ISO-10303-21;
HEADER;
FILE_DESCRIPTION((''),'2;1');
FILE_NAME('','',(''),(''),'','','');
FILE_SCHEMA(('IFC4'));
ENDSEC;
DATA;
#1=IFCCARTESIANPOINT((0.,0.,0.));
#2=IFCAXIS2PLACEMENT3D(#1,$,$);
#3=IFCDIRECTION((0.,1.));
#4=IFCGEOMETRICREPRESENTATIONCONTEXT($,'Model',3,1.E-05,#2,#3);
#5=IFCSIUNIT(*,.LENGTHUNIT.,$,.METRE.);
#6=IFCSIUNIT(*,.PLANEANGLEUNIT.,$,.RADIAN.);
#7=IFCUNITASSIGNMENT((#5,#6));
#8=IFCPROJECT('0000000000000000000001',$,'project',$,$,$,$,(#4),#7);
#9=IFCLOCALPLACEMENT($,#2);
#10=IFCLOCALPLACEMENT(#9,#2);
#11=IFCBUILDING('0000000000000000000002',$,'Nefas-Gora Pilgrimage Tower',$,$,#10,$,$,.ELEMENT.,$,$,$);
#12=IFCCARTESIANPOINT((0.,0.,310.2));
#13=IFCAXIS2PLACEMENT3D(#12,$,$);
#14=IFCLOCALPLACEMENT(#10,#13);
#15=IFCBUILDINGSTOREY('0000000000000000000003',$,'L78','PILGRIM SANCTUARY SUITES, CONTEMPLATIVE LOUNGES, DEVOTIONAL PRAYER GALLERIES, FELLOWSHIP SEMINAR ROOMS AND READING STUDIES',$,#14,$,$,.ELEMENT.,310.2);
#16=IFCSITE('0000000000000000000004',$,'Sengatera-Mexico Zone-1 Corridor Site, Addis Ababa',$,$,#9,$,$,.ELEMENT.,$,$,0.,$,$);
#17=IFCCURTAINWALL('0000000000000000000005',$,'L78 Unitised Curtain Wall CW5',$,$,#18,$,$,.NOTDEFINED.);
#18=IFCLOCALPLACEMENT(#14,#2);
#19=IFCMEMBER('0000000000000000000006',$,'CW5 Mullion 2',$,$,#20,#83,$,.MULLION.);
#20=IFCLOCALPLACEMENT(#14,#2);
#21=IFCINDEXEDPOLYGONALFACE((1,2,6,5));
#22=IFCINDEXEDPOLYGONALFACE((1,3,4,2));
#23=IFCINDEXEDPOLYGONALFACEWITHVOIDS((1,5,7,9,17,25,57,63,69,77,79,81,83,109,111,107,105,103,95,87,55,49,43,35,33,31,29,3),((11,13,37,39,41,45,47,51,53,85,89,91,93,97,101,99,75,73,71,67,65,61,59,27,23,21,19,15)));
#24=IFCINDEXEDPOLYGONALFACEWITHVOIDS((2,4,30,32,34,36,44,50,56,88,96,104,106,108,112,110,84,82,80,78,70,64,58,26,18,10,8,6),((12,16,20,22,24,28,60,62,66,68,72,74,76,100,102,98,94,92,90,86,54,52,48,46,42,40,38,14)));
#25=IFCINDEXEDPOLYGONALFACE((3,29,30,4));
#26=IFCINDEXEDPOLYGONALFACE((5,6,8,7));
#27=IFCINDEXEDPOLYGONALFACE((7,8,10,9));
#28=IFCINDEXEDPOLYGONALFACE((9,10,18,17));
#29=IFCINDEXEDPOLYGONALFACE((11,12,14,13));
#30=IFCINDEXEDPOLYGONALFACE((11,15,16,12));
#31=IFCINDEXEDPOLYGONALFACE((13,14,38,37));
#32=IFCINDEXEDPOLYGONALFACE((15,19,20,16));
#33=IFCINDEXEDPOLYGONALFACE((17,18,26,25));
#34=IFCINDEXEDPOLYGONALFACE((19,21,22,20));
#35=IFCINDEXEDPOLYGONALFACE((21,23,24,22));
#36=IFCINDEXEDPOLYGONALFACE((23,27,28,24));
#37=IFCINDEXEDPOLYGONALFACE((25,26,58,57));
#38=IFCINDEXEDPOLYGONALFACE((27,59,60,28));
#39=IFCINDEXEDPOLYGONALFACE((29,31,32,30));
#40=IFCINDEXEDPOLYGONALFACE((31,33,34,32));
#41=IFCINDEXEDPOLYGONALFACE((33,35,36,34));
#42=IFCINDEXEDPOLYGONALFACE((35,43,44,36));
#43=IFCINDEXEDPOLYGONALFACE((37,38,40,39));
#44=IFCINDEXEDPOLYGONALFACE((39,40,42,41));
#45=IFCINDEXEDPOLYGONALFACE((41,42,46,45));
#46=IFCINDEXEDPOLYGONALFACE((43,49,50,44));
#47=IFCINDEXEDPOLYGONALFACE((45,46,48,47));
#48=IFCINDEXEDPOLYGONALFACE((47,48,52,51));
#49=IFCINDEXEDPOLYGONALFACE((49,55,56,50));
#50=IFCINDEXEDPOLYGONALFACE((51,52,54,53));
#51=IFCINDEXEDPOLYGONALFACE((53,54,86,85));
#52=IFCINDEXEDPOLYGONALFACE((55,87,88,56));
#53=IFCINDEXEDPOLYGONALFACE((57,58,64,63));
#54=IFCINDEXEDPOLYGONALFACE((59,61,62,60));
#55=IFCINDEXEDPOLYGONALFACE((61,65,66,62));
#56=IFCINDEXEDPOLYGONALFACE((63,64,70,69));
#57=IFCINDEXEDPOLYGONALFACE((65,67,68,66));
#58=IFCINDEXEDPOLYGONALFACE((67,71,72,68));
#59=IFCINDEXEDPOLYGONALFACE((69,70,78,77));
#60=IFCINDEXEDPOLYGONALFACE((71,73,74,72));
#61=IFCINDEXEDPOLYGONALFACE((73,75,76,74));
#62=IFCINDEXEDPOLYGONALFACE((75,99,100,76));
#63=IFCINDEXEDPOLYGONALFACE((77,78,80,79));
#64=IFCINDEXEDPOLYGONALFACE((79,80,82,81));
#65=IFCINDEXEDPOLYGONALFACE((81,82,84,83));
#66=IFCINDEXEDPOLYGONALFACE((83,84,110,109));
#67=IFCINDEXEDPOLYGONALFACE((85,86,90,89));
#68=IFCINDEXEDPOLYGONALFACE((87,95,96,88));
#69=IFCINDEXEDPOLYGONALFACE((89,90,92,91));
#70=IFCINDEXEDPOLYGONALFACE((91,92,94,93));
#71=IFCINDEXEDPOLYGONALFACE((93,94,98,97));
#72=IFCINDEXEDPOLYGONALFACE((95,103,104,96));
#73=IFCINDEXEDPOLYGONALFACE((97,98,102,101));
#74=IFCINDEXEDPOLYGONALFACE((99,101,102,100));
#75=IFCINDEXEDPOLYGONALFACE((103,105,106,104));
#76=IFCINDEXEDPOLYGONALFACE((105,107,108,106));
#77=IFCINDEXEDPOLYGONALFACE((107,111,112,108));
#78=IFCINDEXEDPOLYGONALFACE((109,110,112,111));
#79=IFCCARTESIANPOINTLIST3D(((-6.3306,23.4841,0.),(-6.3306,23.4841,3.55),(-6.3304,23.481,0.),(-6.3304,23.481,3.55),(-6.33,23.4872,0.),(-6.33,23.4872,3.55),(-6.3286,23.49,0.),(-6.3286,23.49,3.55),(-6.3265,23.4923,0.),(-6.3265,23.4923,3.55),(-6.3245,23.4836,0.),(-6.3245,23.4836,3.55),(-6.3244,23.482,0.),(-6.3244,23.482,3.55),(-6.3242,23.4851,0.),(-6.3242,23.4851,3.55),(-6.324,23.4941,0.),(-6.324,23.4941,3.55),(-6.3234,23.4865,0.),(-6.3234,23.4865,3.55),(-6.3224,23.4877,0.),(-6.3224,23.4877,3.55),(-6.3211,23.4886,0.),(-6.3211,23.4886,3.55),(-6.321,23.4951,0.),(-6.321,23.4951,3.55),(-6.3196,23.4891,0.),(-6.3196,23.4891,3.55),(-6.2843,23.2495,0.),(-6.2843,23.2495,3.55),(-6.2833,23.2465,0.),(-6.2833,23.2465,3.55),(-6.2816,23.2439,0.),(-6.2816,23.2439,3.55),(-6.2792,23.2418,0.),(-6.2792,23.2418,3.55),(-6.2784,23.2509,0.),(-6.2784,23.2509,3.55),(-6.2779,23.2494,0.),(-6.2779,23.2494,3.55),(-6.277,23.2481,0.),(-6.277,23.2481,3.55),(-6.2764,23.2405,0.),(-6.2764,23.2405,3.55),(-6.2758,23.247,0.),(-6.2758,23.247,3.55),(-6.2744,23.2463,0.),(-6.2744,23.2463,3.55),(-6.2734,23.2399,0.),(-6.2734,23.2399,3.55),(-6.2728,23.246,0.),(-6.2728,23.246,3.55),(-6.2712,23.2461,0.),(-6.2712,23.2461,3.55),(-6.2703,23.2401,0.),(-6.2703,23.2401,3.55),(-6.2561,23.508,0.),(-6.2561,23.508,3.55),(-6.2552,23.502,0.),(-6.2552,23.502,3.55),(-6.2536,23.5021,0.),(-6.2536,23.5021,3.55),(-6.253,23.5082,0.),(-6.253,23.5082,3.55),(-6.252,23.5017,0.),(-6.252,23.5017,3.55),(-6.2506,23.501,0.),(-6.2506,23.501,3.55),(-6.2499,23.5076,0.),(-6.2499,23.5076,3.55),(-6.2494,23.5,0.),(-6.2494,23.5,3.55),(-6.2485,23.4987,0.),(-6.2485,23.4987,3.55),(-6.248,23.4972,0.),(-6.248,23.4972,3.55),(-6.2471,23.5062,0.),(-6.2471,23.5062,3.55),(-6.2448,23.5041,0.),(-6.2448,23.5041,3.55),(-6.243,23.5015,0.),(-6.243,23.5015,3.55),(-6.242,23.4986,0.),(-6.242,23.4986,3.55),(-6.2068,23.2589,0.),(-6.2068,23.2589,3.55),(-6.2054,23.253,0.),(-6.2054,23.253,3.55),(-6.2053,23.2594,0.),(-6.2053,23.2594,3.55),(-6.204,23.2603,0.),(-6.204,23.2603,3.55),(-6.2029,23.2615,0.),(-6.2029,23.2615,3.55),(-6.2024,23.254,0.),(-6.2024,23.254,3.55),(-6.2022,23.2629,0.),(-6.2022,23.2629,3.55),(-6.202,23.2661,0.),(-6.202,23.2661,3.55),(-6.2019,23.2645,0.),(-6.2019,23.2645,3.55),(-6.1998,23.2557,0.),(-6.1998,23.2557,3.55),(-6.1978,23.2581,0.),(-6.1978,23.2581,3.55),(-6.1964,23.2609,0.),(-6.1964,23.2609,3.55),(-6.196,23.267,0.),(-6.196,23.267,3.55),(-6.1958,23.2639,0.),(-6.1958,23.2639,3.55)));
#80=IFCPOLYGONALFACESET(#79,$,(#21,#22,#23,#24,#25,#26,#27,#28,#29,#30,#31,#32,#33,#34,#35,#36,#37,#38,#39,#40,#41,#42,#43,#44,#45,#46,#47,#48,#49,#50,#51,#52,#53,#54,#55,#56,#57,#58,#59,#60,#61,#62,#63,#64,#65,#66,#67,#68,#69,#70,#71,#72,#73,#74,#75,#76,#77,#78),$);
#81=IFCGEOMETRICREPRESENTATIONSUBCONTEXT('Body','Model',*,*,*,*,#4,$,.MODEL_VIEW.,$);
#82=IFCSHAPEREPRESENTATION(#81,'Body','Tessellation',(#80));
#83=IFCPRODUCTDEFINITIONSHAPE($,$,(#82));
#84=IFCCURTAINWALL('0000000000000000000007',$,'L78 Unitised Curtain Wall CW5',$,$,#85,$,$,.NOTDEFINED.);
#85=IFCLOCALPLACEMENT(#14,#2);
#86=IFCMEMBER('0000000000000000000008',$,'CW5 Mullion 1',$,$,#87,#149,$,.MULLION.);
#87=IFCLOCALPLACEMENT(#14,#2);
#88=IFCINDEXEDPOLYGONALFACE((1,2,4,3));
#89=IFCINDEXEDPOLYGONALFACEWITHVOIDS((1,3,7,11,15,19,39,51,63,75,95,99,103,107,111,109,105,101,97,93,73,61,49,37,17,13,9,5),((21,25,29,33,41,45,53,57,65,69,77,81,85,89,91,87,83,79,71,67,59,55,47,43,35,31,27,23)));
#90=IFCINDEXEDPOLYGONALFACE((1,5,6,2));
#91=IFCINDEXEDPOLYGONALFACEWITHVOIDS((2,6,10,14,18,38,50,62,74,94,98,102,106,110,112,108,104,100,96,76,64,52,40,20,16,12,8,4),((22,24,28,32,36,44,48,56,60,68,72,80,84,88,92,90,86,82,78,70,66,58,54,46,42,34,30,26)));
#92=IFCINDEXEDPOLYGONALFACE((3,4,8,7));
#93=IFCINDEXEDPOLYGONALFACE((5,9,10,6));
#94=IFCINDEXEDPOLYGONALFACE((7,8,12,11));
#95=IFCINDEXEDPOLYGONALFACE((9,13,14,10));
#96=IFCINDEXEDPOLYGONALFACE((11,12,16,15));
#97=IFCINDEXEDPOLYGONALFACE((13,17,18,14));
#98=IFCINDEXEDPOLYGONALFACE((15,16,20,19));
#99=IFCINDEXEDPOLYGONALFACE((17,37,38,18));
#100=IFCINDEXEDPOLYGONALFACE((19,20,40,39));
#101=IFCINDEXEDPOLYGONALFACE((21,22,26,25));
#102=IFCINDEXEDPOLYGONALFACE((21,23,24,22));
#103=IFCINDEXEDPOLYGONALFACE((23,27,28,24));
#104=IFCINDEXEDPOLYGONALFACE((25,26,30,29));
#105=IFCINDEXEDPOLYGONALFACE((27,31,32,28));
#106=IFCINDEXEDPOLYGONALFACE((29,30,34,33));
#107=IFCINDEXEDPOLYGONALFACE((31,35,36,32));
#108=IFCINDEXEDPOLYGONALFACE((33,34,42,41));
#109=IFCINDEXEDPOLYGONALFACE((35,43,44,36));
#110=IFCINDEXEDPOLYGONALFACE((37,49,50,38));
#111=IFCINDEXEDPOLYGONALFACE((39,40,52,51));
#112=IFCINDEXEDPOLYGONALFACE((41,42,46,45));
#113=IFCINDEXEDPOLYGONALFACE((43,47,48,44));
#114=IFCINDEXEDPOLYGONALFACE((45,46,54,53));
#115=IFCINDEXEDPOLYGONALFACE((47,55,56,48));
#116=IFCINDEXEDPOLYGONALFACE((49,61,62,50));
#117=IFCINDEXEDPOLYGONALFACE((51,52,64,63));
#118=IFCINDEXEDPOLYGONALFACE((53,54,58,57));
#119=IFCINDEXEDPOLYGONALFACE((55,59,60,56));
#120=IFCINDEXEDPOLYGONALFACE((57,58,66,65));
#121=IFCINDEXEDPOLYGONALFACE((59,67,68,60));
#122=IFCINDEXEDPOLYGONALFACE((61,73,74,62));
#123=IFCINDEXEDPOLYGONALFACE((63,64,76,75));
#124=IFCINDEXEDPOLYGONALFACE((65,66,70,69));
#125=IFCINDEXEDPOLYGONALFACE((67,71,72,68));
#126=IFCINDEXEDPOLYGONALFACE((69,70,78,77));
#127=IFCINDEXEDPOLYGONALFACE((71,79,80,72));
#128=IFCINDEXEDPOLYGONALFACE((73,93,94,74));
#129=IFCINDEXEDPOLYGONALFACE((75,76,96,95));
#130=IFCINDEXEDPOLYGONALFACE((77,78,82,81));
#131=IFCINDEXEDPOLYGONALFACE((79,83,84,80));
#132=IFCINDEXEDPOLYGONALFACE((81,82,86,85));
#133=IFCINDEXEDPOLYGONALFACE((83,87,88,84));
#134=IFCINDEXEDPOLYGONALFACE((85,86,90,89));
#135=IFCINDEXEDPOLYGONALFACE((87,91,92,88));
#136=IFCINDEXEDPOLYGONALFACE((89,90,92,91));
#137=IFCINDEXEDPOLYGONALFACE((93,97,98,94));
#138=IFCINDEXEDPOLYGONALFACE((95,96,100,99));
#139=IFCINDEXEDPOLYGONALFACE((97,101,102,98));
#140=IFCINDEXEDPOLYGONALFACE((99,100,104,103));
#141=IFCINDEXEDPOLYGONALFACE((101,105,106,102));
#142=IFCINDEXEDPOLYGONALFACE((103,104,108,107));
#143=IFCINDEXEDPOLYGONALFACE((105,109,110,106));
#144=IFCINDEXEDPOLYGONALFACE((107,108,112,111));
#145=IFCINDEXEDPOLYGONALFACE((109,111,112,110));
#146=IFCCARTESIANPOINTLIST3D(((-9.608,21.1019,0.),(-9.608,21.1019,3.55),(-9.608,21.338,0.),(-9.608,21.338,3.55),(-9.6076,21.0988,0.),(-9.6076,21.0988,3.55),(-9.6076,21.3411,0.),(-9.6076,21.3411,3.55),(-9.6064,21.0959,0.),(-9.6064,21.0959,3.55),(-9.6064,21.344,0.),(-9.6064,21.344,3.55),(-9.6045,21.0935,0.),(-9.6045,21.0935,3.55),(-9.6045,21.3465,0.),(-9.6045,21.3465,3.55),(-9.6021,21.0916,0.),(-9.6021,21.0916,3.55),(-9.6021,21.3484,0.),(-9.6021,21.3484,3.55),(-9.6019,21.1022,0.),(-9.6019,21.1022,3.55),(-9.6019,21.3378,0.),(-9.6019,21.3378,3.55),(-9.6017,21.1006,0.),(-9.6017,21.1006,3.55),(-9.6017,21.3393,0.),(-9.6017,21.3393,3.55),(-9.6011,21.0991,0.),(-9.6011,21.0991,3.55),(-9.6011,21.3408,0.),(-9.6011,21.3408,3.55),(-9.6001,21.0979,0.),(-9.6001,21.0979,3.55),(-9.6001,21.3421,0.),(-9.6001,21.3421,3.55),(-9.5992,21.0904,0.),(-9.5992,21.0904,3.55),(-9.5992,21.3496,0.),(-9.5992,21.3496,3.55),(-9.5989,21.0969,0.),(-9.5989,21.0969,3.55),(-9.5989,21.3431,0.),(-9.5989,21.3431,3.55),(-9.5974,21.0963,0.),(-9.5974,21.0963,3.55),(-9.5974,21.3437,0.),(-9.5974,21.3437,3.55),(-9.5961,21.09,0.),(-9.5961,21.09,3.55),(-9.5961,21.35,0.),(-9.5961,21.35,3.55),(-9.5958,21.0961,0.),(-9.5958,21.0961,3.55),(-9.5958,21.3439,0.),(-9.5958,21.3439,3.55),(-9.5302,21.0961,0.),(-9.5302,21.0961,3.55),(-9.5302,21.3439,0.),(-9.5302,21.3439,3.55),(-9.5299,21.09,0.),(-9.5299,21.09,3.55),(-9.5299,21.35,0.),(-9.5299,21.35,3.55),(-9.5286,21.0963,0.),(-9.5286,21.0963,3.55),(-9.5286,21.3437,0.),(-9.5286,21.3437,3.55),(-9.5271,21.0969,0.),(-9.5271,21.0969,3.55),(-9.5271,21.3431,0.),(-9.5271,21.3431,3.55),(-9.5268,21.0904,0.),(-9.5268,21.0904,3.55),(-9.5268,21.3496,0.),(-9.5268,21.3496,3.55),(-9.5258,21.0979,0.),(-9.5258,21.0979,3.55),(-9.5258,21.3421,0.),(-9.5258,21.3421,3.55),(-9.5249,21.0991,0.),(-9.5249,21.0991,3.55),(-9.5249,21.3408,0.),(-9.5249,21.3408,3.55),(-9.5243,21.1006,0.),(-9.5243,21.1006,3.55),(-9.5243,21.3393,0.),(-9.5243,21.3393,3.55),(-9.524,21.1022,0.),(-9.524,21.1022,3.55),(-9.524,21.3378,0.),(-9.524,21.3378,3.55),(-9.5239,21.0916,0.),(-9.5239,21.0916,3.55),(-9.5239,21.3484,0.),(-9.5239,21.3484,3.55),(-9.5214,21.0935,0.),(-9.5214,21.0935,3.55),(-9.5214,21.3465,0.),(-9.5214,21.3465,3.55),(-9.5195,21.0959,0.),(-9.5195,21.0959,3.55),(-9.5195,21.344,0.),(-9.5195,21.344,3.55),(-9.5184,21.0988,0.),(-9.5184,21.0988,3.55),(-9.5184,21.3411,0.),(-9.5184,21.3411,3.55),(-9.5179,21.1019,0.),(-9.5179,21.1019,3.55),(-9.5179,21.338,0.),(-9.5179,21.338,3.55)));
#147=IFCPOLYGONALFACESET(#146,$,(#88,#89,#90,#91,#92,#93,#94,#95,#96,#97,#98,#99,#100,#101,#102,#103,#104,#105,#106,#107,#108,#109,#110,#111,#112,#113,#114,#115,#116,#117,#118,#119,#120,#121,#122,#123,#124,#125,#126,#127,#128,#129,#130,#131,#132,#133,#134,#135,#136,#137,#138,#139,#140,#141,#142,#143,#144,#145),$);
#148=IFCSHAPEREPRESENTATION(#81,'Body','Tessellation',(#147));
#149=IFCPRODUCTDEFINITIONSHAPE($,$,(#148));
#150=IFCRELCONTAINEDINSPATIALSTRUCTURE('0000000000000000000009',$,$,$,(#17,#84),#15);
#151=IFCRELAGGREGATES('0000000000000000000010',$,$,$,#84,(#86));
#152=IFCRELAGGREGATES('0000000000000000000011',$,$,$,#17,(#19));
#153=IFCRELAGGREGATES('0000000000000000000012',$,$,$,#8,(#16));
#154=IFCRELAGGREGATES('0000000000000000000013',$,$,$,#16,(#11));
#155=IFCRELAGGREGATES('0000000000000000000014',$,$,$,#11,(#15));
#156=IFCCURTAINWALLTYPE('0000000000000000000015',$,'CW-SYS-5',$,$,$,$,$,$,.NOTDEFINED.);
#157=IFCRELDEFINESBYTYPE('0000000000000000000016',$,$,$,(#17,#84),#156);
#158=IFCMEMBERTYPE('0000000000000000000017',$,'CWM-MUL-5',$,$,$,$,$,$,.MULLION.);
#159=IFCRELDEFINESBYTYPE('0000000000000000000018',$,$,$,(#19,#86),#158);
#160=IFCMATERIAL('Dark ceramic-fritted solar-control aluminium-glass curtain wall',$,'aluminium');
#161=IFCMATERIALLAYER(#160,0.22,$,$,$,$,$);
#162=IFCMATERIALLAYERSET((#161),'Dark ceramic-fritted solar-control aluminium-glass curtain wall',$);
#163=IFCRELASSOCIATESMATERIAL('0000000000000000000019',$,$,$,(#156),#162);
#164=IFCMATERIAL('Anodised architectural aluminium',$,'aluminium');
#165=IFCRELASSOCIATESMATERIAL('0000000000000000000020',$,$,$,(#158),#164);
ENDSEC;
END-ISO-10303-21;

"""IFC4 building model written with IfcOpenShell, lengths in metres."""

from ifc_helpers import new_model, si_unit, direction, frame, origin, origin_2d, place, context, subcontext, project, spatial, hollow_rectangle, extrude, source, transform, mapped, material, layer, layer_set, material_profile, profile_set, type_object, element, aggregate, save


model = new_model("IFC4")

# Units and contexts
model_context = context("Model", 3, precision=1e-05, world=origin(), true_north=direction((0.0, 1.0)))
body_context = subcontext(model_context, "Body", "Model", "MODEL_VIEW")
ifc_project = project(units=[si_unit("LENGTHUNIT", "METRE"), si_unit("PLANEANGLEUNIT", "RADIAN")], contexts=[model_context])

# Site, building, storey
site_placement = place(None, origin())
site = spatial("IfcSite", under=ifc_project, at=site_placement, Name="Sengatera-Mexico Zone-1 Corridor Site, Addis Ababa", CompositionType="ELEMENT", RefElevation=0.0)
building_placement = place(site_placement, origin())
building = spatial("IfcBuilding", under=site, at=building_placement, Name="Nefas-Gora Pilgrimage Tower", CompositionType="ELEMENT")
storey_placement = place(building_placement, frame((0.0, 0.0, 310.2)))
storey = spatial("IfcBuildingStorey", under=building, at=storey_placement, Name="L78", Description="PILGRIM SANCTUARY SUITES, CONTEMPLATIVE LOUNGES, DEVOTIONAL PRAYER GALLERIES, FELLOWSHIP SEMINAR ROOMS AND READING STUDIES", CompositionType="ELEMENT", Elevation=310.2)

# Curtain walls, members
ifc_material_1 = material(Name="Dark ceramic-fritted solar-control aluminium-glass curtain wall", Category="aluminium")
ifc_layer_1 = layer(ifc_material_1, 0.22)
ifc_layer_set_1 = layer_set([ifc_layer_1], Name="Dark ceramic-fritted solar-control aluminium-glass curtain wall")
curtain_wall_type = type_object("IfcCurtainWallType", Name="CW-SYS-5", PredefinedType="NOTDEFINED", material=ifc_layer_set_1)
curtain_wall_1_placement = place(storey_placement, origin())
curtain_wall_1 = element("IfcCurtainWall", 1, at=curtain_wall_1_placement, inside=storey, type_object=curtain_wall_type, Name="L78 Unitised Curtain Wall CW5", PredefinedType="NOTDEFINED")
ifc_material_2 = material(Name="Anodised architectural aluminium", Category="aluminium")
ifc_material_profile_1 = material_profile(ifc_material_2, hollow_rectangle(XDim=0.0901, YDim=0.26, WallThickness=0.0061, InnerFilletRadius=0.0061, OuterFilletRadius=0.012, at=origin_2d()), Name="ALU MULLION 90x260")
ifc_profile_set_1 = profile_set([ifc_material_profile_1], Name="Anodised architectural aluminium")
member_type_1 = type_object("IfcMemberType", Name="CWM-MUL-5", PredefinedType="MULLION", material=ifc_profile_set_1)
shared_shape_1 = source(origin(), body_context, "Body", "SweptSolid", [
    extrude(hollow_rectangle(XDim=0.0901, YDim=0.26, WallThickness=0.0061, InnerFilletRadius=0.0061, OuterFilletRadius=0.012, at=origin_2d()), origin(), (0.0, 0.0, 1.0), 3.55),
])
member_1_placement = place(storey_placement, frame((-6.2632, 23.374, 0.0), z_axis=(0.0, 0.0, 1.0), x_axis=(-0.980783, -0.195102, 0.0)))
member_1 = element("IfcMember", 2, at=member_1_placement, type_object=member_type_1, Name="CW5 Mullion 2", PredefinedType="MULLION", context=body_context, shape_type="MappedRepresentation", body=[
    mapped(shared_shape_1, transform((0.0, 0.0, 0.0), x_axis=(1.0, 0.0, 0.0), y_axis=(0.0, 1.0, 0.0), z_axis=(0.0, 0.0, 1.0), scale=1.0)),
])
curtain_wall_2_placement = place(storey_placement, origin())
curtain_wall_2 = element("IfcCurtainWall", 3, at=curtain_wall_2_placement, inside=storey, type_object=curtain_wall_type, Name="L78 Unitised Curtain Wall CW5", PredefinedType="NOTDEFINED")
member_2_placement = place(storey_placement, frame((-9.563, 21.22, 0.0), z_axis=(0.0, 0.0, 1.0), x_axis=(-1.0, 0.0, 0.0)))
member_2 = element("IfcMember", 4, at=member_2_placement, type_object=member_type_1, Name="CW5 Mullion 1", PredefinedType="MULLION", context=body_context, shape_type="MappedRepresentation", body=[
    mapped(shared_shape_1, transform((0.0, 0.0, 0.0), x_axis=(1.0, 0.0, 0.0), y_axis=(0.0, 1.0, 0.0), z_axis=(0.0, 0.0, 1.0), scale=1.0)),
])
aggregate(curtain_wall_2, [member_2])

aggregate(curtain_wall_1, [member_1])

save(model, "model.ifc")
